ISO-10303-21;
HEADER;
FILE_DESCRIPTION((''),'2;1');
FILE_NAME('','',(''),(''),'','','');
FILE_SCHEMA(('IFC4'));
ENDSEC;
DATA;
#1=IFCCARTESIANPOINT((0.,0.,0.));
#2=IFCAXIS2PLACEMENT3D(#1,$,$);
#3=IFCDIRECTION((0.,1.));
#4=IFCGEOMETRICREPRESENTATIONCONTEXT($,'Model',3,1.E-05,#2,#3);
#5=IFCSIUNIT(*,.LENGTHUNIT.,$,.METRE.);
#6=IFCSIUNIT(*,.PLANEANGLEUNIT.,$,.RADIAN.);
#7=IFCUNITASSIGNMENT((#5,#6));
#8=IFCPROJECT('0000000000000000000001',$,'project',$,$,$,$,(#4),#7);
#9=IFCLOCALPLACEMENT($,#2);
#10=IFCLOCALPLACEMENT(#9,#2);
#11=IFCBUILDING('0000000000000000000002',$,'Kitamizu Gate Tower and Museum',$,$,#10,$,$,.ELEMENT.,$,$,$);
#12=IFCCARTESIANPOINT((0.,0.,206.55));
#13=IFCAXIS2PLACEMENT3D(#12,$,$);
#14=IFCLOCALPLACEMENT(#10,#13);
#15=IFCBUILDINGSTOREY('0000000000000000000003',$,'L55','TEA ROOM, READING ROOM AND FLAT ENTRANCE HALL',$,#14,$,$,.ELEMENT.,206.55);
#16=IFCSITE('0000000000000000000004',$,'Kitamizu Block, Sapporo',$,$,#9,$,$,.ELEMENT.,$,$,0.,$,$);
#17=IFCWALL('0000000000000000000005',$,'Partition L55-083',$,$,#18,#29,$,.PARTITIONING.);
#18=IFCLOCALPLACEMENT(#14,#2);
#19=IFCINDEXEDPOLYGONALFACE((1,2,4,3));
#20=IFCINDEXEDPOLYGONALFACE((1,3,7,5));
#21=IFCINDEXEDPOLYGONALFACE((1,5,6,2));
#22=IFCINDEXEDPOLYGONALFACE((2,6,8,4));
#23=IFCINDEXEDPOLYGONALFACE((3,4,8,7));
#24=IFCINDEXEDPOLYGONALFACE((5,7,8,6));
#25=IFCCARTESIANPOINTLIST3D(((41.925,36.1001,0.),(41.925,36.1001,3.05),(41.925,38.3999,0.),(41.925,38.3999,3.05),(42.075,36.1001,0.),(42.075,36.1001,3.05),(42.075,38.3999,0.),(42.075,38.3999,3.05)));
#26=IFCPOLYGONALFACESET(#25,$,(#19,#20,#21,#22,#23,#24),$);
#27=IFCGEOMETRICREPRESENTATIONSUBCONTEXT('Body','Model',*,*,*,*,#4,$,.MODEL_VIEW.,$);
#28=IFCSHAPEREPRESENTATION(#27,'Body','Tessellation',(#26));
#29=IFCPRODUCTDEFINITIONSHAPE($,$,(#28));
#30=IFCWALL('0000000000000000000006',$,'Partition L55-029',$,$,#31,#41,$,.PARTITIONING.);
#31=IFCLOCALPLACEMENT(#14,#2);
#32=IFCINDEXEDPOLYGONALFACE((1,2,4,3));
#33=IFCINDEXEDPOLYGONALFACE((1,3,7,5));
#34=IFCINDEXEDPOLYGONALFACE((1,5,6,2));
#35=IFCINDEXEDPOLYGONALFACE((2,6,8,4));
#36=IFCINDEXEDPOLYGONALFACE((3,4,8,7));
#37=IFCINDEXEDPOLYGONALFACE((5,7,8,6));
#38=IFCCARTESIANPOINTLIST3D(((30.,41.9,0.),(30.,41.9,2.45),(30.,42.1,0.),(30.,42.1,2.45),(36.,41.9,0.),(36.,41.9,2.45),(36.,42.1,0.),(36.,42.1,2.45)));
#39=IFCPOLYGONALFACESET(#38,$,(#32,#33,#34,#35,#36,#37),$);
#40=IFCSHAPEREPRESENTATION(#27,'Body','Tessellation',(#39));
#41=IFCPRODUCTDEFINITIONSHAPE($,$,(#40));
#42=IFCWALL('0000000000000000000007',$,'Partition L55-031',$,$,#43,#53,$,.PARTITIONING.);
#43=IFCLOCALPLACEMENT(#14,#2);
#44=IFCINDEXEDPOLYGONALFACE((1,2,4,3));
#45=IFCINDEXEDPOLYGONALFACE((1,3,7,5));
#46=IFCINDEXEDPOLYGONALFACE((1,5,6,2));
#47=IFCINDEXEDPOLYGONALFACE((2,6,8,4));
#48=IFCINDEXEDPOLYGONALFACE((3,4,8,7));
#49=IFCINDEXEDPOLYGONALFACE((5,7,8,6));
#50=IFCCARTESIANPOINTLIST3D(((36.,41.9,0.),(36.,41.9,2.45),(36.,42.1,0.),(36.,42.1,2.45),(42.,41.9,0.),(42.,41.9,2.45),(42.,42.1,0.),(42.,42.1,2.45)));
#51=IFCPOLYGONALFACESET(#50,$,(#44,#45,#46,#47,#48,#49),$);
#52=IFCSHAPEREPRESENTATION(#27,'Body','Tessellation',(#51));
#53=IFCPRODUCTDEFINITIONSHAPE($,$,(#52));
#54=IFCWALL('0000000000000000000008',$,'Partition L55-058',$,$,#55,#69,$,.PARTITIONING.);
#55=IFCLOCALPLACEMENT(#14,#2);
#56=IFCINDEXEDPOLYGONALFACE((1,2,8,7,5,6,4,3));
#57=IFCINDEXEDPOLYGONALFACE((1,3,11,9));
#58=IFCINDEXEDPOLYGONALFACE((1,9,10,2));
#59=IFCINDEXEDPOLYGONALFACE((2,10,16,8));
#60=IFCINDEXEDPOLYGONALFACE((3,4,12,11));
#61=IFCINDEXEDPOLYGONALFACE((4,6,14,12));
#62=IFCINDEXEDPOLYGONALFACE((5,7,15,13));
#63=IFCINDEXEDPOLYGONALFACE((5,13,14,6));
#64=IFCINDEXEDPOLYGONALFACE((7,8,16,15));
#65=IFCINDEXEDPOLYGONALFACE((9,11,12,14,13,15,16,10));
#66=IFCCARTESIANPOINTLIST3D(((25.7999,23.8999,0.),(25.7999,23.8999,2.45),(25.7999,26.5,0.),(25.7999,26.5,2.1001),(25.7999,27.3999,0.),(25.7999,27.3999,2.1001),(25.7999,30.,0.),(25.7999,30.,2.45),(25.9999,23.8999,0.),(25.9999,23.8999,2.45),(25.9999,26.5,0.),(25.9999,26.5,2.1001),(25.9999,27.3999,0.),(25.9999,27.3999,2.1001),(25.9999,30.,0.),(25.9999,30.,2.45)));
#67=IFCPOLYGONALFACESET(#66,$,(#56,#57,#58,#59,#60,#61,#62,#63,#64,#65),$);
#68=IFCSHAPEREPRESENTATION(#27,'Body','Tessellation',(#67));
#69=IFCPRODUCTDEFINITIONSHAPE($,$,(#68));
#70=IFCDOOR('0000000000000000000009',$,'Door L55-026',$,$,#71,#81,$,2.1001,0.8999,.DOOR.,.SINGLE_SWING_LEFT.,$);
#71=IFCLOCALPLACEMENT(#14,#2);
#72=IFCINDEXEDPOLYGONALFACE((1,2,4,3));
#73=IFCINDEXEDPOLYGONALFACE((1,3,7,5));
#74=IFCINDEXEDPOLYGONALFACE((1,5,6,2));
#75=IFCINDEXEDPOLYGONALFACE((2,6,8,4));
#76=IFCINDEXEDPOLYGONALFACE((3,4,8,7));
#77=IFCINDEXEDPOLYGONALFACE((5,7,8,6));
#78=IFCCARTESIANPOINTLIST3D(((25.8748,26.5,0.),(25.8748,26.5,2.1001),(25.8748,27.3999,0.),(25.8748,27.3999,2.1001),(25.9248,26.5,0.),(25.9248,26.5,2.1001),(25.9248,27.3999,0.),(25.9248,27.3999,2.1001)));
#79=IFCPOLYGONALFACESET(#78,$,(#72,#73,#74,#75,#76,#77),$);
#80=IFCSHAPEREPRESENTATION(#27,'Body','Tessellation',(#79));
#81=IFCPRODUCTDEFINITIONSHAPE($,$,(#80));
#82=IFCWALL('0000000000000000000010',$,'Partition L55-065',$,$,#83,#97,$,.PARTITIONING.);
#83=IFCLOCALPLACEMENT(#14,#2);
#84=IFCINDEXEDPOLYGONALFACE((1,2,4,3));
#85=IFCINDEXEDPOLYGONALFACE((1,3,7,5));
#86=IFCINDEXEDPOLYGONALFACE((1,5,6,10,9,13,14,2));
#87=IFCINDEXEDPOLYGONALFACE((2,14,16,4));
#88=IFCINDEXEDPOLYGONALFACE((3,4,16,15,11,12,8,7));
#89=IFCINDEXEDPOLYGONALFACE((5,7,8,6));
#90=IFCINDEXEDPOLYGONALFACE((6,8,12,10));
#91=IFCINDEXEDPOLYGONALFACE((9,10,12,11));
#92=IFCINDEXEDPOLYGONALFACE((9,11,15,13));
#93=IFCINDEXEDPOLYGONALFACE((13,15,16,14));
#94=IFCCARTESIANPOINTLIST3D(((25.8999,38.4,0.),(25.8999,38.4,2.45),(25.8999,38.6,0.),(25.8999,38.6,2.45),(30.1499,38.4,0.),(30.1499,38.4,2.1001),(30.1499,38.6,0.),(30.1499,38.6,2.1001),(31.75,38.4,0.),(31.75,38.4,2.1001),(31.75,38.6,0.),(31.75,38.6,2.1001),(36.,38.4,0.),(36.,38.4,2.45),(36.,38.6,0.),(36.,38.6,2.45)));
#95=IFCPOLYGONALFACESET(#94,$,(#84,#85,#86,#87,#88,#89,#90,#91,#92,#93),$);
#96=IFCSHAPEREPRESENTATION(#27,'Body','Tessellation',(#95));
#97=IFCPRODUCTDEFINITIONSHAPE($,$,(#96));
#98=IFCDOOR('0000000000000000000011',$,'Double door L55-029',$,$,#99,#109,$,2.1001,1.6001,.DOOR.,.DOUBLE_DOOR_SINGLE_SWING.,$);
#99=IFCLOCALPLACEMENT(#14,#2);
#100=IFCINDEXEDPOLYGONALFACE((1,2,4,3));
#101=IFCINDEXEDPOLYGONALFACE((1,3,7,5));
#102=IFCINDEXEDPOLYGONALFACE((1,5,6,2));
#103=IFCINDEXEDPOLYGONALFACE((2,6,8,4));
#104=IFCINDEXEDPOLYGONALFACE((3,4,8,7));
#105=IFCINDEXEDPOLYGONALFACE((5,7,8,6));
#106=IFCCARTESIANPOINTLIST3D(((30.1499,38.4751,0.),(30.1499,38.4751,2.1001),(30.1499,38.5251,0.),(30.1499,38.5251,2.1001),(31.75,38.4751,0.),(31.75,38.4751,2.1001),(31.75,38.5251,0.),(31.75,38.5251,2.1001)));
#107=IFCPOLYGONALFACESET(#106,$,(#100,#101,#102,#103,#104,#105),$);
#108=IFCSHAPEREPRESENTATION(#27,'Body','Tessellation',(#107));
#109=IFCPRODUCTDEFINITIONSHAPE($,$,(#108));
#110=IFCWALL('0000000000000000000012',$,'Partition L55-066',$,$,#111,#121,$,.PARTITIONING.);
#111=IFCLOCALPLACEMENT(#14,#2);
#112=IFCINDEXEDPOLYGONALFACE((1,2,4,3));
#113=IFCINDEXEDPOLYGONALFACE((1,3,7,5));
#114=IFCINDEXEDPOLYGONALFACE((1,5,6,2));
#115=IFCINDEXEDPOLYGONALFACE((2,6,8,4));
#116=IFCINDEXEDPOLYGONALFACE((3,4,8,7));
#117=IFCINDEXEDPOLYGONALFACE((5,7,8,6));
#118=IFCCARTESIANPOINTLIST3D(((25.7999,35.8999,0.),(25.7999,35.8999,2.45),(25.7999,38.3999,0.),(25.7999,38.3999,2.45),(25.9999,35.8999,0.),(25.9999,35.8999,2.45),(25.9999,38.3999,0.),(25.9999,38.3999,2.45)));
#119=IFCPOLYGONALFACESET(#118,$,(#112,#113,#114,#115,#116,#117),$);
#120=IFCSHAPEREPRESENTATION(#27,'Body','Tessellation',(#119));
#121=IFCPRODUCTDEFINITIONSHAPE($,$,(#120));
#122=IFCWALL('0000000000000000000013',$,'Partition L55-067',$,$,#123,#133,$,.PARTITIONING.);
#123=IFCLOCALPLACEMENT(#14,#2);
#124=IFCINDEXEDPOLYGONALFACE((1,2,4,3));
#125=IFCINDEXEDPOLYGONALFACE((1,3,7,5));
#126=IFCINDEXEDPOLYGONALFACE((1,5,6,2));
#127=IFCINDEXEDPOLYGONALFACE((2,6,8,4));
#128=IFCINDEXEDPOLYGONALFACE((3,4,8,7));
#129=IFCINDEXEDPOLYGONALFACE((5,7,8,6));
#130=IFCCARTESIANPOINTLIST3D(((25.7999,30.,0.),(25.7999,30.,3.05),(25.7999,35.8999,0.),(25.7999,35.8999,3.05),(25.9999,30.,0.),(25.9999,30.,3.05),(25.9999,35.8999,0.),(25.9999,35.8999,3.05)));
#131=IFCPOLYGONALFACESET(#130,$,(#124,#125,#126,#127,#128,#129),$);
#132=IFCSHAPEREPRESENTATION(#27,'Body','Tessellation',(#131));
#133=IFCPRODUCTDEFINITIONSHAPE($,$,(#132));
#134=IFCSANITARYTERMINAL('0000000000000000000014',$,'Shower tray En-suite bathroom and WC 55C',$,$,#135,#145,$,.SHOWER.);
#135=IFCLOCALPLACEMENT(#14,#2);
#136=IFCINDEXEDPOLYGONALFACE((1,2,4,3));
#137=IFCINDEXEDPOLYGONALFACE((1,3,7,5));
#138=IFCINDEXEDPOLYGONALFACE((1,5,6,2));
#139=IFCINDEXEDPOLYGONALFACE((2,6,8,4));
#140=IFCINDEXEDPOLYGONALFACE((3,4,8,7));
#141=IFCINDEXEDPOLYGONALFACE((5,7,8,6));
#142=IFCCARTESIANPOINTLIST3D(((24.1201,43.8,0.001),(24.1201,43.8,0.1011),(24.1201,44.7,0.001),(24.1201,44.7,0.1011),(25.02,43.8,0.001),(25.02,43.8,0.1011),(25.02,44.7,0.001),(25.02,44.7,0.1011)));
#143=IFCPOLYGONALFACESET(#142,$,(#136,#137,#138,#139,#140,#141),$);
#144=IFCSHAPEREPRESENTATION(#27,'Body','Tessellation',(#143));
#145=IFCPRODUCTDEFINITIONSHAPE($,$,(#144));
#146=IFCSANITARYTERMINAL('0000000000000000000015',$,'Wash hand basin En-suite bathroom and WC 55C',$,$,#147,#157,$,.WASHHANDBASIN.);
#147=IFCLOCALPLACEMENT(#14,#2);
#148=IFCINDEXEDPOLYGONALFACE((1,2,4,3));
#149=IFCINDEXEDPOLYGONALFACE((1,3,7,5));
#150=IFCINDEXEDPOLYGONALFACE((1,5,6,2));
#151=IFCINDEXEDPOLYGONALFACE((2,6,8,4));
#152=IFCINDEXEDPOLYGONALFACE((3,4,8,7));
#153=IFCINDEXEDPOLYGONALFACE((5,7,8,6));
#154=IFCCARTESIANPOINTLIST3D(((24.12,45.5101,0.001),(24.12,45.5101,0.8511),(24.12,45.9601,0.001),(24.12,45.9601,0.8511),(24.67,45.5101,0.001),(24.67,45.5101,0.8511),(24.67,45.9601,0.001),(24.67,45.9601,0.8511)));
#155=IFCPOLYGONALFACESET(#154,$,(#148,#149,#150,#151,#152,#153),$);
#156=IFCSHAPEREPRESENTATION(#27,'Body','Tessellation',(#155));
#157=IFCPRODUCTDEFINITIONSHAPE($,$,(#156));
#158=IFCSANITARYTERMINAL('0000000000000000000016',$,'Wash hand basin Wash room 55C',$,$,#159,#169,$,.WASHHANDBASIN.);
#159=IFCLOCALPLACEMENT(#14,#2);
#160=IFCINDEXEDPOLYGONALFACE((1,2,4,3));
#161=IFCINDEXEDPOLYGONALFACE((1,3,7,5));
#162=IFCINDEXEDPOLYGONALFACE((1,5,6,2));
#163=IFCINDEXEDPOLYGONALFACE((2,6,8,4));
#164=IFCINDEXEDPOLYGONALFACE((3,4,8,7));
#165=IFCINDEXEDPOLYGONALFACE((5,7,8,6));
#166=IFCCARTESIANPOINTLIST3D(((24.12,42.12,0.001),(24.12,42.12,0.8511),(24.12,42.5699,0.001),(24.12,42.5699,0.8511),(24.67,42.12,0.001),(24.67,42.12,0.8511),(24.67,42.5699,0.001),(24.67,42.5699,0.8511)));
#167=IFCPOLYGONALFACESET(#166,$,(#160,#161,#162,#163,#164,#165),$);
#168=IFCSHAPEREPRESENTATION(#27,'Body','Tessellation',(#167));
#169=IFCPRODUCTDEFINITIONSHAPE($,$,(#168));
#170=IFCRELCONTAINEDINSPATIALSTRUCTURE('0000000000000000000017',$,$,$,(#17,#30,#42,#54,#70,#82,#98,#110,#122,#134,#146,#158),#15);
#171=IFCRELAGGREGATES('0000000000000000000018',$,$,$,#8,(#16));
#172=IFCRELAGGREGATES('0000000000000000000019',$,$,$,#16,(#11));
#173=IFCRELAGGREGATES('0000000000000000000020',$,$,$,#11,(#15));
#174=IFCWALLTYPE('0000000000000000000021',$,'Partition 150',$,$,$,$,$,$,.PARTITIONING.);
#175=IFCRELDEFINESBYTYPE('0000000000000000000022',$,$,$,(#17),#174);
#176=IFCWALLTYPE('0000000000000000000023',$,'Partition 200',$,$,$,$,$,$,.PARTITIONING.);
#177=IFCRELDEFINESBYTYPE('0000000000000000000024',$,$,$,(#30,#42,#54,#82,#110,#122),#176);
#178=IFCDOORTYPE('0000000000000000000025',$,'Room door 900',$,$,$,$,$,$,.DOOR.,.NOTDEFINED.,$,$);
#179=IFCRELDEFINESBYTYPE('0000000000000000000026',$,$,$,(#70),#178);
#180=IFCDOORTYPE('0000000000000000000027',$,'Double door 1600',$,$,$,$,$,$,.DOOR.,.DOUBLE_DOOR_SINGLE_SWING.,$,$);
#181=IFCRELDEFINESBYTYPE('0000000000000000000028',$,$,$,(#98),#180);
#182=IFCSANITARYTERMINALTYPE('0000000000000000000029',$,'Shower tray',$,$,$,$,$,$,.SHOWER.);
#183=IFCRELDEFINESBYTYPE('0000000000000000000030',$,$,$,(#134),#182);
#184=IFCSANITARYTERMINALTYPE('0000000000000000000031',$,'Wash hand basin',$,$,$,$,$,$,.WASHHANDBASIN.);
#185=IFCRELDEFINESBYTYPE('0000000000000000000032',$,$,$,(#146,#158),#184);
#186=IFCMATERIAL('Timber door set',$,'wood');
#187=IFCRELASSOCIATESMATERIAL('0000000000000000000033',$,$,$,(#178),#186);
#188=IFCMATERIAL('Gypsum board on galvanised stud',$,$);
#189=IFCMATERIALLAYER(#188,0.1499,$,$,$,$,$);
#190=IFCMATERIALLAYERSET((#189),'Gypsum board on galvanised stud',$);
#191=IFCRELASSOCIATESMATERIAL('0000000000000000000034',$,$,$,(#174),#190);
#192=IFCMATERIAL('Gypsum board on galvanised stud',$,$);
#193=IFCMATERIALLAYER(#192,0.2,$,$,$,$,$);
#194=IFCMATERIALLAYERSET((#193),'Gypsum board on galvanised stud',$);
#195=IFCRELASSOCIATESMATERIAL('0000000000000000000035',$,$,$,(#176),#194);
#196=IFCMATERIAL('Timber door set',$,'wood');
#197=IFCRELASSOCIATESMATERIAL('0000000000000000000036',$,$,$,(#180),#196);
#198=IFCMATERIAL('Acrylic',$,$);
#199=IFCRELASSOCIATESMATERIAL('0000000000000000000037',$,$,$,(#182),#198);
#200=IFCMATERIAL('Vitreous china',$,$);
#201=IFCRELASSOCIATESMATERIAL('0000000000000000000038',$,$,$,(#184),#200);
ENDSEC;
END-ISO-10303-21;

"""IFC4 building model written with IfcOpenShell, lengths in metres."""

from ifc_helpers import new_model, si_unit, direction, frame, frame_2d, origin, origin_2d, place, context, subcontext, project, spatial, rectangle, extrude, material, layer, layer_set, type_object, element, fill, save


model = new_model("IFC4")

# Units and contexts
model_context = context("Model", 3, precision=1e-05, world=origin(), true_north=direction((0.0, 1.0)))
body_context = subcontext(model_context, "Body", "Model", "MODEL_VIEW")
ifc_project = project(units=[si_unit("LENGTHUNIT", "METRE"), si_unit("PLANEANGLEUNIT", "RADIAN")], contexts=[model_context])

# Site, building, storey
site_placement = place(None, origin())
site = spatial("IfcSite", under=ifc_project, at=site_placement, Name="Kitamizu Block, Sapporo", CompositionType="ELEMENT", RefElevation=0.0)
building_placement = place(site_placement, origin())
building = spatial("IfcBuilding", under=site, at=building_placement, Name="Kitamizu Gate Tower and Museum", CompositionType="ELEMENT")
storey_placement = place(building_placement, frame((0.0, 0.0, 206.55)))
storey = spatial("IfcBuildingStorey", under=building, at=storey_placement, Name="L55", Description="TEA ROOM, READING ROOM AND FLAT ENTRANCE HALL", CompositionType="ELEMENT", Elevation=206.55)

# Shared definitions
ifc_material_1 = material(Name="Timber door set", Category="wood")
door_type_1 = type_object("IfcDoorType", Name="Room door 900", OperationType="NOTDEFINED", PredefinedType="DOOR", material=ifc_material_1)
ifc_material_2 = material(Name="Gypsum board on galvanised stud")
ifc_layer_1 = layer(ifc_material_2, 0.1499)
ifc_layer_set_1 = layer_set([ifc_layer_1], Name="Gypsum board on galvanised stud")
wall_type_1 = type_object("IfcWallType", Name="Partition 150", PredefinedType="PARTITIONING", material=ifc_layer_set_1)

# Walls
wall_1_placement = place(storey_placement, frame((42.0, 36.1001, 0.0), z_axis=(0.0, 0.0, 1.0), x_axis=(0.0, 1.0, 0.0)))
element("IfcWall", 1, at=wall_1_placement, inside=storey, type_object=wall_type_1, Name="Partition L55-083", PredefinedType="PARTITIONING", context=body_context, shape_type="SweptSolid", body=[
    extrude(rectangle(XDim=2.2998, YDim=0.1499, at=frame_2d((1.1499, 0.0))), origin(), (0.0, 0.0, 1.0), 3.05),
])
ifc_material_3 = material(Name="Gypsum board on galvanised stud")
ifc_layer_2 = layer(ifc_material_3, 0.2)
ifc_layer_set_2 = layer_set([ifc_layer_2], Name="Gypsum board on galvanised stud")
wall_type_2 = type_object("IfcWallType", Name="Partition 200", PredefinedType="PARTITIONING", material=ifc_layer_set_2)
for number, where, z_axis, x_axis, name in (
    (2, (30.0, 42.0, 0.0), (0.0, 0.0, 1.0), (1.0, 0.0, 0.0), "Partition L55-029"),
    (3, (36.0, 42.0, 0.0), (0.0, 0.0, 1.0), (1.0, 0.0, 0.0), "Partition L55-031"),
):
    element("IfcWall", number, at=place(storey_placement, frame(where, z_axis=z_axis, x_axis=x_axis)), inside=storey, type_object=wall_type_2, Name=name, PredefinedType="PARTITIONING", context=body_context, shape_type="SweptSolid", body=[
        extrude(rectangle(XDim=6.0, YDim=0.2, at=frame_2d((3.0, 0.0))), origin(), (0.0, 0.0, 1.0), 2.45),
    ])

# Walls, openings, doors
wall_2_placement = place(storey_placement, frame((25.8999, 30.0, 0.0), z_axis=(0.0, 0.0, 1.0), x_axis=(0.0, -1.0, 0.0)))
wall_2 = element("IfcWall", 4, at=wall_2_placement, inside=storey, type_object=wall_type_2, Name="Partition L55-058", PredefinedType="PARTITIONING", context=body_context, shape_type="SweptSolid", body=[
    extrude(rectangle(XDim=6.1001, YDim=0.2, at=frame_2d((3.05, 0.0))), origin(), (0.0, 0.0, 1.0), 2.45),
])
opening_1_placement = place(wall_2_placement, frame((2.6001, 0.0, 0.0)))
opening_1 = element("IfcOpeningElement", 5, at=opening_1_placement, cuts=wall_2, PredefinedType="OPENING", context=body_context, shape_type="SweptSolid", body=[
    extrude(rectangle(XDim=0.8999, YDim=2.1001, at=frame_2d((0.45, 1.05))), frame((0.0, 0.1099, 0.0), z_axis=(0.0, -1.0, 0.0), x_axis=(1.0, 0.0, 0.0)), (0.0, 0.0, 1.0), 0.22),
])
door_1_placement = place(opening_1_placement, origin())
door_1 = element("IfcDoor", 6, at=door_1_placement, inside=storey, type_object=door_type_1, Name="Door L55-026", OperationType="SINGLE_SWING_LEFT", OverallHeight=2.1001, OverallWidth=0.8999, PredefinedType="DOOR", context=body_context, shape_type="SweptSolid", body=[
    extrude(rectangle(XDim=0.8999, YDim=2.1001, at=frame_2d((0.45, 1.05))), frame((0.0, 0.0249, 0.0), z_axis=(0.0, -1.0, 0.0), x_axis=(1.0, 0.0, 0.0)), (0.0, 0.0, 1.0), 0.05),
])
fill(opening_1, door_1)
wall_3_placement = place(storey_placement, frame((36.0, 38.5, 0.0), z_axis=(0.0, 0.0, 1.0), x_axis=(-1.0, 0.0, 0.0)))
wall_3 = element("IfcWall", 7, at=wall_3_placement, inside=storey, type_object=wall_type_2, Name="Partition L55-065", PredefinedType="PARTITIONING", context=body_context, shape_type="SweptSolid", body=[
    extrude(rectangle(XDim=10.1001, YDim=0.2, at=frame_2d((5.05, 0.0))), origin(), (0.0, 0.0, 1.0), 2.45),
])
opening_2_placement = place(wall_3_placement, frame((4.25, 0.0, 0.0)))
opening_2 = element("IfcOpeningElement", 8, at=opening_2_placement, cuts=wall_3, PredefinedType="OPENING", context=body_context, shape_type="SweptSolid", body=[
    extrude(rectangle(XDim=1.6001, YDim=2.1001, at=frame_2d((0.8, 1.05))), frame((0.0, 0.1099, 0.0), z_axis=(0.0, -1.0, 0.0), x_axis=(1.0, 0.0, 0.0)), (0.0, 0.0, 1.0), 0.22),
])
ifc_material_4 = material(Name="Timber door set", Category="wood")
door_type_2 = type_object("IfcDoorType", Name="Double door 1600", OperationType="DOUBLE_DOOR_SINGLE_SWING", PredefinedType="DOOR", material=ifc_material_4)
door_2_placement = place(opening_2_placement, origin())
door_2 = element("IfcDoor", 9, at=door_2_placement, inside=storey, type_object=door_type_2, Name="Double door L55-029", OperationType="DOUBLE_DOOR_SINGLE_SWING", OverallHeight=2.1001, OverallWidth=1.6001, PredefinedType="DOOR", context=body_context, shape_type="SweptSolid", body=[
    extrude(rectangle(XDim=1.6001, YDim=2.1001, at=frame_2d((0.8, 1.05))), frame((0.0, 0.0249, 0.0), z_axis=(0.0, -1.0, 0.0), x_axis=(1.0, 0.0, 0.0)), (0.0, 0.0, 1.0), 0.05),
])
fill(opening_2, door_2)

# Walls
wall_4_placement = place(storey_placement, frame((25.8999, 38.3999, 0.0), z_axis=(0.0, 0.0, 1.0), x_axis=(0.0, -1.0, 0.0)))
element("IfcWall", 10, at=wall_4_placement, inside=storey, type_object=wall_type_2, Name="Partition L55-066", PredefinedType="PARTITIONING", context=body_context, shape_type="SweptSolid", body=[
    extrude(rectangle(XDim=2.5, YDim=0.2, at=frame_2d((1.25, 0.0))), origin(), (0.0, 0.0, 1.0), 2.45),
])
wall_5_placement = place(storey_placement, frame((25.8999, 35.8999, 0.0), z_axis=(0.0, 0.0, 1.0), x_axis=(0.0, -1.0, 0.0)))
element("IfcWall", 11, at=wall_5_placement, inside=storey, type_object=wall_type_2, Name="Partition L55-067", PredefinedType="PARTITIONING", context=body_context, shape_type="SweptSolid", body=[
    extrude(rectangle(XDim=5.8999, YDim=0.2, at=frame_2d((2.95, 0.0))), origin(), (0.0, 0.0, 1.0), 3.05),
])

# Sanitary terminals
ifc_material_5 = material(Name="Acrylic")
sanitary_terminal_type_1 = type_object("IfcSanitaryTerminalType", Name="Shower tray", PredefinedType="SHOWER", material=ifc_material_5)
sanitary_terminal_placement = place(storey_placement, frame((24.5701, 44.25, 0.001), z_axis=(0.0, 0.0, 1.0), x_axis=(1.0, 0.0, 0.0)))
element("IfcSanitaryTerminal", 12, at=sanitary_terminal_placement, inside=storey, type_object=sanitary_terminal_type_1, Name="Shower tray En-suite bathroom and WC 55C", PredefinedType="SHOWER", context=body_context, shape_type="SweptSolid", body=[
    extrude(rectangle(XDim=0.8999, YDim=0.8999, at=origin_2d()), origin(), (0.0, 0.0, 1.0), 0.1001),
])
ifc_material_6 = material(Name="Vitreous china")
sanitary_terminal_type_2 = type_object("IfcSanitaryTerminalType", Name="Wash hand basin", PredefinedType="WASHHANDBASIN", material=ifc_material_6)
for number, where, z_axis, x_axis, name in (
    (13, (24.395, 45.7351, 0.001), (0.0, 0.0, 1.0), (1.0, 0.0, 0.0), "Wash hand basin En-suite bathroom and WC 55C"),
    (14, (24.395, 42.345, 0.001), (0.0, 0.0, 1.0), (1.0, 0.0, 0.0), "Wash hand basin Wash room 55C"),
):
    element("IfcSanitaryTerminal", number, at=place(storey_placement, frame(where, z_axis=z_axis, x_axis=x_axis)), inside=storey, type_object=sanitary_terminal_type_2, Name=name, PredefinedType="WASHHANDBASIN", context=body_context, shape_type="SweptSolid", body=[
        extrude(rectangle(XDim=0.55, YDim=0.45, at=origin_2d()), origin(), (0.0, 0.0, 1.0), 0.8501),
    ])

save(model, "model.ifc")
